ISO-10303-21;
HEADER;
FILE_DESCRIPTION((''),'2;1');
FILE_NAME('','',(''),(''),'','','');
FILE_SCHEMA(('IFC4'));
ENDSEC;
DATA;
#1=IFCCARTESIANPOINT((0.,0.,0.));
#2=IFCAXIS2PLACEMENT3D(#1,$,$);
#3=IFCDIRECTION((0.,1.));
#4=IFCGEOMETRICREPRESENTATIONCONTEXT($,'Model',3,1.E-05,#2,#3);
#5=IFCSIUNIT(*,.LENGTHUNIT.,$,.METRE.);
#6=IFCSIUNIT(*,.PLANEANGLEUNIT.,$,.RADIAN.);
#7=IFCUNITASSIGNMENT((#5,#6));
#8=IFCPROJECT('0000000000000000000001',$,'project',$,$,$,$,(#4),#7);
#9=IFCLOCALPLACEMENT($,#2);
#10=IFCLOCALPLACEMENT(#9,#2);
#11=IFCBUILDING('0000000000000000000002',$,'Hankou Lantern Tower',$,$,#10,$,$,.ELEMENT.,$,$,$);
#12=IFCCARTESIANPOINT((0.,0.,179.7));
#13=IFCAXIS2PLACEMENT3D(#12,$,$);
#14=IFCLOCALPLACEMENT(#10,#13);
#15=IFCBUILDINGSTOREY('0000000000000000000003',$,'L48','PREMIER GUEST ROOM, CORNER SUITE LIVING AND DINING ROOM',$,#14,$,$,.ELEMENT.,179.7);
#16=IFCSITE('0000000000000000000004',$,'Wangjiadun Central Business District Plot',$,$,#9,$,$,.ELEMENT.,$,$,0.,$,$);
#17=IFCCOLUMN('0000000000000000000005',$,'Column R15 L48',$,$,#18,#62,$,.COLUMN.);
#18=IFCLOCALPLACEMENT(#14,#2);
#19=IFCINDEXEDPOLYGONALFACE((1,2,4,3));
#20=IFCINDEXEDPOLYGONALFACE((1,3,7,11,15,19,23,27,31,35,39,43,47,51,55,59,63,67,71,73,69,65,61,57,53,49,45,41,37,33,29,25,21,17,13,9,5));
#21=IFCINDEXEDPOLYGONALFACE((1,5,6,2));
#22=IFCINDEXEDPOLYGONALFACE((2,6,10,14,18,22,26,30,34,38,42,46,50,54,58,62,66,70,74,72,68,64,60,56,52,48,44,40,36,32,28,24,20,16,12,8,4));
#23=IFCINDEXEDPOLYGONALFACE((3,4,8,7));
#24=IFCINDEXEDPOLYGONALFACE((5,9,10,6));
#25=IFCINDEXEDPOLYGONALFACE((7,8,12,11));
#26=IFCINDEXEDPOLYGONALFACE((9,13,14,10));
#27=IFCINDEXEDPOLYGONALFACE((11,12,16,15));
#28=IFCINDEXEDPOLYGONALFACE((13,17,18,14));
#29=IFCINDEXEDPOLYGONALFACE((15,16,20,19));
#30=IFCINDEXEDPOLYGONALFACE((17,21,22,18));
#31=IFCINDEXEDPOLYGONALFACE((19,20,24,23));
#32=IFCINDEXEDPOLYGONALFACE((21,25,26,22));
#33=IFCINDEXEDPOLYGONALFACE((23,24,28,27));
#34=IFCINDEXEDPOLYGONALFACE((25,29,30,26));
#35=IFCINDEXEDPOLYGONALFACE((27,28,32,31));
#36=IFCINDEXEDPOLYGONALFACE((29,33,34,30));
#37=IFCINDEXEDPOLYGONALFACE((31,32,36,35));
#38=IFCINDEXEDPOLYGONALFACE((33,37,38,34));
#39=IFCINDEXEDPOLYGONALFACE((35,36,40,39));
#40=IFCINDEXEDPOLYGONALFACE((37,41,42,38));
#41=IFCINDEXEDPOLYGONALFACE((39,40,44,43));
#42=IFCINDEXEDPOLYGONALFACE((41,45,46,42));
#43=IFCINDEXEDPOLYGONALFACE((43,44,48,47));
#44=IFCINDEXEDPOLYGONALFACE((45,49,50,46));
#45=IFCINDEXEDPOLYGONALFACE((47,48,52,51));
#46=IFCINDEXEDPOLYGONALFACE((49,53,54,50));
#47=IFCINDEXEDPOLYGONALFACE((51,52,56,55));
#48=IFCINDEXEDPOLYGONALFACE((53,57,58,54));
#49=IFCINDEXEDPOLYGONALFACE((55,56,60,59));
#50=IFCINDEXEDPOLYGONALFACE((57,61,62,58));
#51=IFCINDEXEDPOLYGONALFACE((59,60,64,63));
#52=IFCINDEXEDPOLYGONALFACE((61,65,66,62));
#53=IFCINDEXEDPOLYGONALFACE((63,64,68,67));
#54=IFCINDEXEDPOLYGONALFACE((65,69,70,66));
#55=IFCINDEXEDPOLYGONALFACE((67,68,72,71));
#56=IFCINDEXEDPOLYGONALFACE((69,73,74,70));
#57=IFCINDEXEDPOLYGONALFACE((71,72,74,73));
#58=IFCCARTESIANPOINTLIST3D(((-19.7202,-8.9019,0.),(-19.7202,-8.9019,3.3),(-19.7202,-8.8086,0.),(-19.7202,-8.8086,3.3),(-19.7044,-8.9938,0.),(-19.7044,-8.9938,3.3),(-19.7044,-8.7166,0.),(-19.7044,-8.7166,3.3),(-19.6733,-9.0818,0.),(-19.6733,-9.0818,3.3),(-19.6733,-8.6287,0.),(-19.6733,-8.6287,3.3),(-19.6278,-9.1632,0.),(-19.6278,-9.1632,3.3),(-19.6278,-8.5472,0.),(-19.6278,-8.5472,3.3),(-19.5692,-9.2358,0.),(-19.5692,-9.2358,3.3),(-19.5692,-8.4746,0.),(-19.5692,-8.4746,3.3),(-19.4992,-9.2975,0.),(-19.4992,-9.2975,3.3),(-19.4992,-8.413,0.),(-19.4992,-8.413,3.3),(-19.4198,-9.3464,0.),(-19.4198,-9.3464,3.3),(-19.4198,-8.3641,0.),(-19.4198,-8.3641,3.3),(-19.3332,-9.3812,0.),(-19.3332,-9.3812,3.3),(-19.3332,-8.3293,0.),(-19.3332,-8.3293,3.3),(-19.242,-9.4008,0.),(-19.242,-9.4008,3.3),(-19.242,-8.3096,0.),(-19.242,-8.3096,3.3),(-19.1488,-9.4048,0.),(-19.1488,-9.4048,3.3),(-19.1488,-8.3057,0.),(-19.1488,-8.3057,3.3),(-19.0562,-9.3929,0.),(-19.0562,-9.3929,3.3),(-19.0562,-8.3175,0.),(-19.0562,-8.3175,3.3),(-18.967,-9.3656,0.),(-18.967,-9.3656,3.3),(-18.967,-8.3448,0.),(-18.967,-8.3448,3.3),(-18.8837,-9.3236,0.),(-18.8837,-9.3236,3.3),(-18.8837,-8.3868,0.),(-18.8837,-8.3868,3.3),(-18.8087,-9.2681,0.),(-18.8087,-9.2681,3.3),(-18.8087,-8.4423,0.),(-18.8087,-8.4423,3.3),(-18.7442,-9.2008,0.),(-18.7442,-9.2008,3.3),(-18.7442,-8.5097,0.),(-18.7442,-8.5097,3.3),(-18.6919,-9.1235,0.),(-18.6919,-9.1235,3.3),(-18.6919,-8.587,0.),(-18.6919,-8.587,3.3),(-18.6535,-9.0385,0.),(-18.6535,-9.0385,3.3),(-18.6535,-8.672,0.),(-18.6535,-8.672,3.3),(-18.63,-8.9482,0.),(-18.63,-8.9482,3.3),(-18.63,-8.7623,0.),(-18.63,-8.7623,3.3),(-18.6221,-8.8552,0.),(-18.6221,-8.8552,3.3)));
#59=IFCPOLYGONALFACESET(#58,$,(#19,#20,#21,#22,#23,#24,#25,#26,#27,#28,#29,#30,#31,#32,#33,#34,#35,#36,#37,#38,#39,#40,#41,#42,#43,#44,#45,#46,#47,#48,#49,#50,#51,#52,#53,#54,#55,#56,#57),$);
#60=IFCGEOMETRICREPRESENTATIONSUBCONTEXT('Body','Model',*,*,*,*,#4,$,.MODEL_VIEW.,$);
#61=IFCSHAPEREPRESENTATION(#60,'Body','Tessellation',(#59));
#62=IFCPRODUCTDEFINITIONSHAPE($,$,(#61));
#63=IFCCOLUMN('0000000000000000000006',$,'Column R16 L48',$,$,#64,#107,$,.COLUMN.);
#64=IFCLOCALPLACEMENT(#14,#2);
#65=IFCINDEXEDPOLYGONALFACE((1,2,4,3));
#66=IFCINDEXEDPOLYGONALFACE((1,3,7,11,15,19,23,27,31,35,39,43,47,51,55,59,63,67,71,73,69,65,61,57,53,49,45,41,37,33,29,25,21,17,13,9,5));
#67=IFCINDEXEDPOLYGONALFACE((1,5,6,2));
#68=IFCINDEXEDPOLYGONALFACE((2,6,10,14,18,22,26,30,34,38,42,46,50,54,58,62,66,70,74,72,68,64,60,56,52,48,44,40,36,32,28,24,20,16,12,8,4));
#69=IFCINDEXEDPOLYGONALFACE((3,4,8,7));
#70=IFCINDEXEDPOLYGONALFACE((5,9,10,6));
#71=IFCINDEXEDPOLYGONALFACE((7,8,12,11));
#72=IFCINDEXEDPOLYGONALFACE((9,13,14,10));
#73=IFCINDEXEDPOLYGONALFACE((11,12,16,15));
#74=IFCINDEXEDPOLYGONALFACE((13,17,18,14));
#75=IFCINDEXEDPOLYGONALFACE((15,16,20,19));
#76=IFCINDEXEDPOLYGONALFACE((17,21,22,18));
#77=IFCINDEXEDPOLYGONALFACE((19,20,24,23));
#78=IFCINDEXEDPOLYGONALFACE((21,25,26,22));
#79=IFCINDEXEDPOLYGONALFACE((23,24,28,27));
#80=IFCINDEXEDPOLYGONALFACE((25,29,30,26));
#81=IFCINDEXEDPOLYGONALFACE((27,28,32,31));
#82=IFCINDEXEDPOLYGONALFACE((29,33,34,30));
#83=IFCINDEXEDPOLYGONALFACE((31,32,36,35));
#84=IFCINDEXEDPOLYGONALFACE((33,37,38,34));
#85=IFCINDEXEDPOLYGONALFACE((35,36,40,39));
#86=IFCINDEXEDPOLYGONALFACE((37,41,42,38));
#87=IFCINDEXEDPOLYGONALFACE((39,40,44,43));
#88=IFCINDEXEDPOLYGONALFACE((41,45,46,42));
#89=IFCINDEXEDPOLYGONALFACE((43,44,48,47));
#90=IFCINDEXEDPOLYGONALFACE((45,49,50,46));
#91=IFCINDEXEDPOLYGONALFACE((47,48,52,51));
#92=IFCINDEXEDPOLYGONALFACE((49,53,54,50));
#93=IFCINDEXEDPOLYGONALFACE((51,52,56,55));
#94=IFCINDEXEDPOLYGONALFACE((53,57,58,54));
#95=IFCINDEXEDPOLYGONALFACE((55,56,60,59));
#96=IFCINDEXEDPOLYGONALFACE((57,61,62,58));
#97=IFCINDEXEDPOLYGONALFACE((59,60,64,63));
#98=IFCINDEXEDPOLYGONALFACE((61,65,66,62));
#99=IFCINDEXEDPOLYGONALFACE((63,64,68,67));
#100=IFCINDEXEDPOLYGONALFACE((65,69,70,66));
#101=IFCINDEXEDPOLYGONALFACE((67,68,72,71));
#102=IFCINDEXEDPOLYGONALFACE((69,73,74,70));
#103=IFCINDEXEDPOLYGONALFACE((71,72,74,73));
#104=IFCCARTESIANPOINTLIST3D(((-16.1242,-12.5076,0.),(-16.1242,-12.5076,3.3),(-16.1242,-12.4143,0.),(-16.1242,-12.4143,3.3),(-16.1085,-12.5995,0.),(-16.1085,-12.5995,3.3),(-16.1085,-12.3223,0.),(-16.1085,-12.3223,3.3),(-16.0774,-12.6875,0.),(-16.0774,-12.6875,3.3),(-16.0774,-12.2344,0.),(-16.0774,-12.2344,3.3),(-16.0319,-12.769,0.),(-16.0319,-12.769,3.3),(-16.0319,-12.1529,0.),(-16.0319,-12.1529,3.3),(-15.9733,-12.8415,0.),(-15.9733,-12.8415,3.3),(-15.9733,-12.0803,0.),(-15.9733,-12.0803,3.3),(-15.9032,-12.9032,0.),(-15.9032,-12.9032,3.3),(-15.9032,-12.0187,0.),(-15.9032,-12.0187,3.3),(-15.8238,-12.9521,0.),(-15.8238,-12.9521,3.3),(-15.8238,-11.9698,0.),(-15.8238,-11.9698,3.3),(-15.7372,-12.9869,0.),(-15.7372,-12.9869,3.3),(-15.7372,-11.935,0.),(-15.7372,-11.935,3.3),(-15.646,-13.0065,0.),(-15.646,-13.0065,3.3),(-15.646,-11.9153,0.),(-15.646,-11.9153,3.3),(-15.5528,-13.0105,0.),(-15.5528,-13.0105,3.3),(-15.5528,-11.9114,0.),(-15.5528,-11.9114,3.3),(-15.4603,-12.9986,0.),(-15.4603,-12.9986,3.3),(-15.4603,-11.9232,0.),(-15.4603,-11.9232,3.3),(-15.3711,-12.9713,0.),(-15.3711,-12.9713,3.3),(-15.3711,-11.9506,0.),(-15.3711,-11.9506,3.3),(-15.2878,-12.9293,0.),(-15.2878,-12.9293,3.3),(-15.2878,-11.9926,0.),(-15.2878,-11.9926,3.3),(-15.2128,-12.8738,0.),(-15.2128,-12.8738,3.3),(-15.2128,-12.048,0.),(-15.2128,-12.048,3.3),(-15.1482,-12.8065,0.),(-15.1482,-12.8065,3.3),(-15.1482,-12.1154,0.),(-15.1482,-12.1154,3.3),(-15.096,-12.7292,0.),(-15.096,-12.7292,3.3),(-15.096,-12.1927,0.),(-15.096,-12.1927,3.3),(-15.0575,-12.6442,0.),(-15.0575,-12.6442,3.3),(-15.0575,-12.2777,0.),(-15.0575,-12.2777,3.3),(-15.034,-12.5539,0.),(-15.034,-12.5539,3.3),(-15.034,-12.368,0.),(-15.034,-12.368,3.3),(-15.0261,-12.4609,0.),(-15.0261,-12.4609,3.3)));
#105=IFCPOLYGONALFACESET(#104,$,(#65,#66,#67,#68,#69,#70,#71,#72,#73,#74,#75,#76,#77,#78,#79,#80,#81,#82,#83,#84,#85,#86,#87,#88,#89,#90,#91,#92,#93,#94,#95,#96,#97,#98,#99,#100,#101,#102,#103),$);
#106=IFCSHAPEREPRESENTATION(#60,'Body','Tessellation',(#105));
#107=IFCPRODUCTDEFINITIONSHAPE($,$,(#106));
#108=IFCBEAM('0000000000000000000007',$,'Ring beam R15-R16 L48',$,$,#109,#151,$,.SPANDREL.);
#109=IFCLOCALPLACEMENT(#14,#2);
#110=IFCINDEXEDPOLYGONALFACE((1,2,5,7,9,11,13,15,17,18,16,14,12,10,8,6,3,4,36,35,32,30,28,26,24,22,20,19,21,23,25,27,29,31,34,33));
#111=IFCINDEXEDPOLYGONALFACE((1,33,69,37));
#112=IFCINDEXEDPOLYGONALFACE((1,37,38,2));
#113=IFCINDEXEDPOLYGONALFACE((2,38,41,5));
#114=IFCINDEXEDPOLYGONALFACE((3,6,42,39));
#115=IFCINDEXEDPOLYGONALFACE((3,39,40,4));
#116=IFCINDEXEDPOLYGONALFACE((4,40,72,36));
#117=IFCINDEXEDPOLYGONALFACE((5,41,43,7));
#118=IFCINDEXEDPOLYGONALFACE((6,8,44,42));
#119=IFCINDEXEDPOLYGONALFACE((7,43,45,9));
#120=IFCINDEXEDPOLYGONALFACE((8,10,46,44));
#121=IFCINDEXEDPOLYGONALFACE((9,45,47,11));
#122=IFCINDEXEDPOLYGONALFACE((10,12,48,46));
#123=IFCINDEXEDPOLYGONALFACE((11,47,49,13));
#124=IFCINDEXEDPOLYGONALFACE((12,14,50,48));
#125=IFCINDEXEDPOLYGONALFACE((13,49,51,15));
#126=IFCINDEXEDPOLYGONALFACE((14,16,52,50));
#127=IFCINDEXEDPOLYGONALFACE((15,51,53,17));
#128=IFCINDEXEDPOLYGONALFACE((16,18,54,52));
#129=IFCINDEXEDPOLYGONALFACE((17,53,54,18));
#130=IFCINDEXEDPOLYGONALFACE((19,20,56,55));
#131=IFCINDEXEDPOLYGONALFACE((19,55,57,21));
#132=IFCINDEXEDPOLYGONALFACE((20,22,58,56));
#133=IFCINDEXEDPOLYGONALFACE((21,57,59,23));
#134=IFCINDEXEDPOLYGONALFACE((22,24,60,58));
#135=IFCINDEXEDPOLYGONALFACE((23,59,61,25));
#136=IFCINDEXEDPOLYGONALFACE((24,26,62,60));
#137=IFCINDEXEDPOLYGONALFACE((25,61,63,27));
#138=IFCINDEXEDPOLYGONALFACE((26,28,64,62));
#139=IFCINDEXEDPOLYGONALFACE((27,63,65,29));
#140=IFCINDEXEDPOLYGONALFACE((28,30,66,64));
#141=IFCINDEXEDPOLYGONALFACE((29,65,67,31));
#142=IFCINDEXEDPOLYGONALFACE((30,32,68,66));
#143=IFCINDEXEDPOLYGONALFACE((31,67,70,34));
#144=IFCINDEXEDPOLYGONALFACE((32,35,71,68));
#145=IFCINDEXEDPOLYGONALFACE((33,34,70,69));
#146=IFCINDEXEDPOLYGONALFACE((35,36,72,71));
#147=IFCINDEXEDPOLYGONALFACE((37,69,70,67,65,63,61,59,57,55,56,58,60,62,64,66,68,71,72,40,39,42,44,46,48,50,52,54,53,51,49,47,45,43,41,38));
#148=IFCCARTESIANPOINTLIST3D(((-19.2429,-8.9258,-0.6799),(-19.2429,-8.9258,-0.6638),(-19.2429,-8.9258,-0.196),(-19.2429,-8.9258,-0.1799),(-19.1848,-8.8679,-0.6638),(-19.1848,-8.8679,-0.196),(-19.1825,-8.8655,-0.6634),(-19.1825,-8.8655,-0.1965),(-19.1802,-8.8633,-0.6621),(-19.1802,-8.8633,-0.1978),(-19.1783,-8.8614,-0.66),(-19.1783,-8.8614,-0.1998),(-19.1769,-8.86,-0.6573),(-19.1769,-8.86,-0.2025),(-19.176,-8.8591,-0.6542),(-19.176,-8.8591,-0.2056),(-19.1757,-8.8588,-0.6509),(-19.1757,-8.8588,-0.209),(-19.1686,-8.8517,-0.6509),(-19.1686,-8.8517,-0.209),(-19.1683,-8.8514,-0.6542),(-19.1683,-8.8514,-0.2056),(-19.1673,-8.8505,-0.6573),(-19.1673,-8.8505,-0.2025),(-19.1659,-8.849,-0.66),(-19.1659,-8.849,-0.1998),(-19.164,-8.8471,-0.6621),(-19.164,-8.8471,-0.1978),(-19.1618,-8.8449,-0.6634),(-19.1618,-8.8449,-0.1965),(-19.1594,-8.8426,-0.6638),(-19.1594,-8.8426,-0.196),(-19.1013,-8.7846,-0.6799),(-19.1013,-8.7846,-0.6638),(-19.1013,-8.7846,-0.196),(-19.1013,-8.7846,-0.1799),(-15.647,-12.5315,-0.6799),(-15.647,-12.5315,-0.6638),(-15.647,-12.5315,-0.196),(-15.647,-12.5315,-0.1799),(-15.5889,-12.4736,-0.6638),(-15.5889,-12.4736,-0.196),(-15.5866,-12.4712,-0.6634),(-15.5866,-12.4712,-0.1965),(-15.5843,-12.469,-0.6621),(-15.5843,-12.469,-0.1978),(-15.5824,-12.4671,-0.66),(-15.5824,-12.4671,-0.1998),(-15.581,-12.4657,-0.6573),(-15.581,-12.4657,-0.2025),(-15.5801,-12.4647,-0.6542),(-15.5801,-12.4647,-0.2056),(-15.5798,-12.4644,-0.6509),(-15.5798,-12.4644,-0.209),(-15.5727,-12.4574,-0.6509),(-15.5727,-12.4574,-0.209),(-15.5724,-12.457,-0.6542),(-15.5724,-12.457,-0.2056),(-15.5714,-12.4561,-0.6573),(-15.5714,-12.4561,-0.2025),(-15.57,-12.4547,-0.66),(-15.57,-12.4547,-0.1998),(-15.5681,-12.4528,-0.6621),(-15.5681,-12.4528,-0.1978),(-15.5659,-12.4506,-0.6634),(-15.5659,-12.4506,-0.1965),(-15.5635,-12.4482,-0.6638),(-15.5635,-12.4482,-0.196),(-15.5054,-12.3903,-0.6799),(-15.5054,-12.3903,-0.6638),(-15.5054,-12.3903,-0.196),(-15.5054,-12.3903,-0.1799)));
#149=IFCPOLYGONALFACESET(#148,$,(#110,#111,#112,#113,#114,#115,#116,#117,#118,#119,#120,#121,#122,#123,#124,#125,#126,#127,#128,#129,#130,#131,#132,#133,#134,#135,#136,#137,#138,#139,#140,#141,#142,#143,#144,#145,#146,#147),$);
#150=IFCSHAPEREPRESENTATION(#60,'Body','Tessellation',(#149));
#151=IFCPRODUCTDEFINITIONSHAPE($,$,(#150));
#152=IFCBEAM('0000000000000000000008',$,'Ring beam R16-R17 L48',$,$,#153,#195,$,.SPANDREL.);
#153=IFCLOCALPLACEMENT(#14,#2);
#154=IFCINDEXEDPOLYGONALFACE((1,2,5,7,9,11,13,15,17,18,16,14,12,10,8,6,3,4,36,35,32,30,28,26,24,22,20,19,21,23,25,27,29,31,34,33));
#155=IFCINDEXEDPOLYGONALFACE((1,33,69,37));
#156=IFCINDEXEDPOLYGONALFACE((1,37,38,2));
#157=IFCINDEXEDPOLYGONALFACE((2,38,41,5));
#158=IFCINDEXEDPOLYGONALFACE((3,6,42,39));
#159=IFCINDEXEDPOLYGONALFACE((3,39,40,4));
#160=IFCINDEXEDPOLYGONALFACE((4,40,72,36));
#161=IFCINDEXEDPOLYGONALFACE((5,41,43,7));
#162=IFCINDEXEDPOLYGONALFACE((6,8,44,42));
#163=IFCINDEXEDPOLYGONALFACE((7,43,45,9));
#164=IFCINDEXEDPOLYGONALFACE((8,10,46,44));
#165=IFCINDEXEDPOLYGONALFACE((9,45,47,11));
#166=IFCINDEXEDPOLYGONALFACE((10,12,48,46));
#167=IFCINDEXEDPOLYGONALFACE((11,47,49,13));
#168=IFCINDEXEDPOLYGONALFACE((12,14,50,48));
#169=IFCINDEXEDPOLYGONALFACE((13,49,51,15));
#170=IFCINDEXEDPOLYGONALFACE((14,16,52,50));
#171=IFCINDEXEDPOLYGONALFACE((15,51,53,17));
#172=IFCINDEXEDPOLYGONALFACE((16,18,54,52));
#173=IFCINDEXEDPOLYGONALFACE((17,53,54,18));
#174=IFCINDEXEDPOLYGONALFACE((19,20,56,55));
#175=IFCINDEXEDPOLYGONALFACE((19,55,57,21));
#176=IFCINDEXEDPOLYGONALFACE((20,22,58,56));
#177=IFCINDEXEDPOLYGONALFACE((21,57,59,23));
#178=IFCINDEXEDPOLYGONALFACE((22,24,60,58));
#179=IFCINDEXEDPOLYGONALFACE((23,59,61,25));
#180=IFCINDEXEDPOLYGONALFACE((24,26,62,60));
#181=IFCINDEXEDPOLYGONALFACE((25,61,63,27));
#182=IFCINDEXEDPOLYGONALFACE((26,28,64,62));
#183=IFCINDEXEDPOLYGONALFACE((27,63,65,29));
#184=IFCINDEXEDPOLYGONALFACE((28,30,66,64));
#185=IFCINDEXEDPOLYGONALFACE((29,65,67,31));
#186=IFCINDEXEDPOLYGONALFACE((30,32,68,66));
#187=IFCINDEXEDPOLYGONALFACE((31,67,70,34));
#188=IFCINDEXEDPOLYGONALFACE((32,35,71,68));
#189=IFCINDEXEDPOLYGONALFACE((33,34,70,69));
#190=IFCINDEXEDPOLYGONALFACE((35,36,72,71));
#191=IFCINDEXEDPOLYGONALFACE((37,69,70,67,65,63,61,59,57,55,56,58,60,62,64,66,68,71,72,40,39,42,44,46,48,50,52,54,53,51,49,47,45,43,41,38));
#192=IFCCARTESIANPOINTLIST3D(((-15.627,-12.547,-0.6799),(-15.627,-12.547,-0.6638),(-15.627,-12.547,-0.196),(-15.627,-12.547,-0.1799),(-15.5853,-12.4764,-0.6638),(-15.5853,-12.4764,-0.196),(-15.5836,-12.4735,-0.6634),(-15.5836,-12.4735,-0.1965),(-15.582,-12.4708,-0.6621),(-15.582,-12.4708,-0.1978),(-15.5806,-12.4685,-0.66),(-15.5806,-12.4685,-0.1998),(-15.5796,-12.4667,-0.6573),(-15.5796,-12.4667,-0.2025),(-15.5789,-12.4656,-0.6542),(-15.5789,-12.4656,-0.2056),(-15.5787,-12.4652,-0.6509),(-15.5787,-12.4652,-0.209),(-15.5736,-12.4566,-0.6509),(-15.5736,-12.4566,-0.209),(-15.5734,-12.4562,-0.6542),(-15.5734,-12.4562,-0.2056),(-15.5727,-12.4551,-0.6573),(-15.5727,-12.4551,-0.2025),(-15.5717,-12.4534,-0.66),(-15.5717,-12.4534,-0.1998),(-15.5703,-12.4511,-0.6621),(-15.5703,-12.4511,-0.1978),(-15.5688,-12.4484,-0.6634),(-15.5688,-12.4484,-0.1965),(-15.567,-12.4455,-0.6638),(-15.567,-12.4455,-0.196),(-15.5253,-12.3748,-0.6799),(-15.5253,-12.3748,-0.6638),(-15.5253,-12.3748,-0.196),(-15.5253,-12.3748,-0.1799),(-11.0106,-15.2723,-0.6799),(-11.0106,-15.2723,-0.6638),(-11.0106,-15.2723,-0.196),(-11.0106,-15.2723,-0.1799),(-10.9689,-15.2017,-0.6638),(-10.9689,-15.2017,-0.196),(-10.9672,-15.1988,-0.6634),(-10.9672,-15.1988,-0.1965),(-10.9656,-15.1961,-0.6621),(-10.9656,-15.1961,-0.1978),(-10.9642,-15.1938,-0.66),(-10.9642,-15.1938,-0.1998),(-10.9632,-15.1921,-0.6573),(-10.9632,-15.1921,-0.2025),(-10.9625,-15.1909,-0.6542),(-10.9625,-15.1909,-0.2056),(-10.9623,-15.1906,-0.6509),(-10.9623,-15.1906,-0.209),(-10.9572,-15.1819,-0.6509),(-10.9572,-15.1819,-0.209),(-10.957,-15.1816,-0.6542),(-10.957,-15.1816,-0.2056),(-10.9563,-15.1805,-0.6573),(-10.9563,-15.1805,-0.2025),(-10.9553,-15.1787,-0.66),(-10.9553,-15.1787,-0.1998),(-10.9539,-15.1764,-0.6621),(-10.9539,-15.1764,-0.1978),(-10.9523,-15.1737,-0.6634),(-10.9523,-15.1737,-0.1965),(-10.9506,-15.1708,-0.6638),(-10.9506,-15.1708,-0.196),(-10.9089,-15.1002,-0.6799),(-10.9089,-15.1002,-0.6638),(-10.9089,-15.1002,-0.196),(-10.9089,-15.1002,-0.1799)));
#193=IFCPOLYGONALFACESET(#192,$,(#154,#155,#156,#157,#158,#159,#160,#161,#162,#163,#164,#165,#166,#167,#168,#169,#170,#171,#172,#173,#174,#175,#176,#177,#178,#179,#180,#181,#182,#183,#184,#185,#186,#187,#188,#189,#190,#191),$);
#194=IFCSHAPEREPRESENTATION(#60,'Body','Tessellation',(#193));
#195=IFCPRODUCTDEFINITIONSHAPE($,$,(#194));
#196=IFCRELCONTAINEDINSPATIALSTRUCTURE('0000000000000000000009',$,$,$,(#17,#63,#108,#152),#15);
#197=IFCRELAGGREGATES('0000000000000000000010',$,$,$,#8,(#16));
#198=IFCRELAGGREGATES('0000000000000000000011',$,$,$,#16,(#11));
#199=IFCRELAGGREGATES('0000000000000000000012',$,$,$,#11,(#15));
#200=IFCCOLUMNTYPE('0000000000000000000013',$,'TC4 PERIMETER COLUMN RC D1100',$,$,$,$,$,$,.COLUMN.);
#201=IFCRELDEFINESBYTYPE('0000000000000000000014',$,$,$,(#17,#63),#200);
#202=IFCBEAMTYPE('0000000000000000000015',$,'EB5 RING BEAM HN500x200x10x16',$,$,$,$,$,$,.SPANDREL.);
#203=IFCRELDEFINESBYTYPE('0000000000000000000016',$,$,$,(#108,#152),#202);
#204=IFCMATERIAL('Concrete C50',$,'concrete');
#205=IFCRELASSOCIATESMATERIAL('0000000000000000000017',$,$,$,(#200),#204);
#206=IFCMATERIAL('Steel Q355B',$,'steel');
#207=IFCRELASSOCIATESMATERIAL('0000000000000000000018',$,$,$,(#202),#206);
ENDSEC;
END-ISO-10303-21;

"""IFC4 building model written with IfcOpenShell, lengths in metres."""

from ifc_helpers import new_model, si_unit, direction, frame, origin, origin_2d, place, context, subcontext, project, spatial, circle, i_section, extrude, material, material_profile, profile_set, type_object, element, save


model = new_model("IFC4")

# Units and contexts
model_context = context("Model", 3, precision=1e-05, world=origin(), true_north=direction((0.0, 1.0)))
body_context = subcontext(model_context, "Body", "Model", "MODEL_VIEW")
ifc_project = project(units=[si_unit("LENGTHUNIT", "METRE"), si_unit("PLANEANGLEUNIT", "RADIAN")], contexts=[model_context])

# Site, building, storey
site_placement = place(None, origin())
site = spatial("IfcSite", under=ifc_project, at=site_placement, Name="Wangjiadun Central Business District Plot", CompositionType="ELEMENT", RefElevation=0.0)
building_placement = place(site_placement, origin())
building = spatial("IfcBuilding", under=site, at=building_placement, Name="Hankou Lantern Tower", CompositionType="ELEMENT")
storey_placement = place(building_placement, frame((0.0, 0.0, 179.7)))
storey = spatial("IfcBuildingStorey", under=building, at=storey_placement, Name="L48", Description="PREMIER GUEST ROOM, CORNER SUITE LIVING AND DINING ROOM", CompositionType="ELEMENT", Elevation=179.7)

# Columns
ifc_material_1 = material(Name="Concrete C50", Category="concrete")
ifc_material_profile_1 = material_profile(ifc_material_1, circle(Radius=0.55, at=origin_2d()), Name="RC D1100")
ifc_profile_set_1 = profile_set([ifc_material_profile_1], Name="Concrete C50")
column_type = type_object("IfcColumnType", Name="TC4 PERIMETER COLUMN RC D1100", PredefinedType="COLUMN", material=ifc_profile_set_1)
for number, where, z_axis, x_axis, name in (
    (1, (-19.1721, -8.8552, 0.0), (0.0, 0.0, 1.0), (1.0, 0.0, 0.0), "Column R15 L48"),
    (2, (-15.5762, -12.4609, 0.0), (0.0, 0.0, 1.0), (1.0, 0.0, 0.0), "Column R16 L48"),
):
    element("IfcColumn", number, at=place(storey_placement, frame(where, z_axis=z_axis, x_axis=x_axis)), inside=storey, type_object=column_type, Name=name, PredefinedType="COLUMN", context=body_context, shape_type="SweptSolid", body=[
        extrude(circle(Radius=0.55, at=origin_2d()), origin(), (0.0, 0.0, 1.0), 3.3),
    ])

# Beams
ifc_material_2 = material(Name="Steel Q355B", Category="steel")
ifc_material_profile_2 = material_profile(ifc_material_2, i_section(OverallWidth=0.2, OverallDepth=0.5, WebThickness=0.01, FlangeThickness=0.0161, FilletRadius=0.0129, at=origin_2d()), Name="HN500x200x10x16")
ifc_profile_set_2 = profile_set([ifc_material_profile_2], Name="Steel Q355B")
beam_type_1 = type_object("IfcBeamType", Name="EB5 RING BEAM HN500x200x10x16", PredefinedType="SPANDREL", material=ifc_profile_set_2)
beam_1_placement = place(storey_placement, frame((-19.1721, -8.8552, -0.4299), z_axis=(0.706147, -0.708065, 0.0), x_axis=(0.708065, 0.706147, 0.0)))
element("IfcBeam", 3, at=beam_1_placement, inside=storey, type_object=beam_type_1, Name="Ring beam R15-R16 L48", PredefinedType="SPANDREL", context=body_context, shape_type="SweptSolid", body=[
    extrude(i_section(OverallWidth=0.2, OverallDepth=0.5, WebThickness=0.01, FlangeThickness=0.0161, FilletRadius=0.0129, at=origin_2d()), origin(), (0.0, 0.0, 1.0), 5.0923),
])
beam_2_placement = place(storey_placement, frame((-15.5762, -12.4609, -0.4299), z_axis=(0.861136, -0.508375, 0.0), x_axis=(0.508375, 0.861136, 0.0)))
element("IfcBeam", 4, at=beam_2_placement, inside=storey, type_object=beam_type_1, Name="Ring beam R16-R17 L48", PredefinedType="SPANDREL", context=body_context, shape_type="SweptSolid", body=[
    extrude(i_section(OverallWidth=0.2, OverallDepth=0.5, WebThickness=0.01, FlangeThickness=0.0161, FilletRadius=0.0129, at=origin_2d()), origin(), (0.0, 0.0, 1.0), 5.3608),
])

save(model, "model.ifc")
